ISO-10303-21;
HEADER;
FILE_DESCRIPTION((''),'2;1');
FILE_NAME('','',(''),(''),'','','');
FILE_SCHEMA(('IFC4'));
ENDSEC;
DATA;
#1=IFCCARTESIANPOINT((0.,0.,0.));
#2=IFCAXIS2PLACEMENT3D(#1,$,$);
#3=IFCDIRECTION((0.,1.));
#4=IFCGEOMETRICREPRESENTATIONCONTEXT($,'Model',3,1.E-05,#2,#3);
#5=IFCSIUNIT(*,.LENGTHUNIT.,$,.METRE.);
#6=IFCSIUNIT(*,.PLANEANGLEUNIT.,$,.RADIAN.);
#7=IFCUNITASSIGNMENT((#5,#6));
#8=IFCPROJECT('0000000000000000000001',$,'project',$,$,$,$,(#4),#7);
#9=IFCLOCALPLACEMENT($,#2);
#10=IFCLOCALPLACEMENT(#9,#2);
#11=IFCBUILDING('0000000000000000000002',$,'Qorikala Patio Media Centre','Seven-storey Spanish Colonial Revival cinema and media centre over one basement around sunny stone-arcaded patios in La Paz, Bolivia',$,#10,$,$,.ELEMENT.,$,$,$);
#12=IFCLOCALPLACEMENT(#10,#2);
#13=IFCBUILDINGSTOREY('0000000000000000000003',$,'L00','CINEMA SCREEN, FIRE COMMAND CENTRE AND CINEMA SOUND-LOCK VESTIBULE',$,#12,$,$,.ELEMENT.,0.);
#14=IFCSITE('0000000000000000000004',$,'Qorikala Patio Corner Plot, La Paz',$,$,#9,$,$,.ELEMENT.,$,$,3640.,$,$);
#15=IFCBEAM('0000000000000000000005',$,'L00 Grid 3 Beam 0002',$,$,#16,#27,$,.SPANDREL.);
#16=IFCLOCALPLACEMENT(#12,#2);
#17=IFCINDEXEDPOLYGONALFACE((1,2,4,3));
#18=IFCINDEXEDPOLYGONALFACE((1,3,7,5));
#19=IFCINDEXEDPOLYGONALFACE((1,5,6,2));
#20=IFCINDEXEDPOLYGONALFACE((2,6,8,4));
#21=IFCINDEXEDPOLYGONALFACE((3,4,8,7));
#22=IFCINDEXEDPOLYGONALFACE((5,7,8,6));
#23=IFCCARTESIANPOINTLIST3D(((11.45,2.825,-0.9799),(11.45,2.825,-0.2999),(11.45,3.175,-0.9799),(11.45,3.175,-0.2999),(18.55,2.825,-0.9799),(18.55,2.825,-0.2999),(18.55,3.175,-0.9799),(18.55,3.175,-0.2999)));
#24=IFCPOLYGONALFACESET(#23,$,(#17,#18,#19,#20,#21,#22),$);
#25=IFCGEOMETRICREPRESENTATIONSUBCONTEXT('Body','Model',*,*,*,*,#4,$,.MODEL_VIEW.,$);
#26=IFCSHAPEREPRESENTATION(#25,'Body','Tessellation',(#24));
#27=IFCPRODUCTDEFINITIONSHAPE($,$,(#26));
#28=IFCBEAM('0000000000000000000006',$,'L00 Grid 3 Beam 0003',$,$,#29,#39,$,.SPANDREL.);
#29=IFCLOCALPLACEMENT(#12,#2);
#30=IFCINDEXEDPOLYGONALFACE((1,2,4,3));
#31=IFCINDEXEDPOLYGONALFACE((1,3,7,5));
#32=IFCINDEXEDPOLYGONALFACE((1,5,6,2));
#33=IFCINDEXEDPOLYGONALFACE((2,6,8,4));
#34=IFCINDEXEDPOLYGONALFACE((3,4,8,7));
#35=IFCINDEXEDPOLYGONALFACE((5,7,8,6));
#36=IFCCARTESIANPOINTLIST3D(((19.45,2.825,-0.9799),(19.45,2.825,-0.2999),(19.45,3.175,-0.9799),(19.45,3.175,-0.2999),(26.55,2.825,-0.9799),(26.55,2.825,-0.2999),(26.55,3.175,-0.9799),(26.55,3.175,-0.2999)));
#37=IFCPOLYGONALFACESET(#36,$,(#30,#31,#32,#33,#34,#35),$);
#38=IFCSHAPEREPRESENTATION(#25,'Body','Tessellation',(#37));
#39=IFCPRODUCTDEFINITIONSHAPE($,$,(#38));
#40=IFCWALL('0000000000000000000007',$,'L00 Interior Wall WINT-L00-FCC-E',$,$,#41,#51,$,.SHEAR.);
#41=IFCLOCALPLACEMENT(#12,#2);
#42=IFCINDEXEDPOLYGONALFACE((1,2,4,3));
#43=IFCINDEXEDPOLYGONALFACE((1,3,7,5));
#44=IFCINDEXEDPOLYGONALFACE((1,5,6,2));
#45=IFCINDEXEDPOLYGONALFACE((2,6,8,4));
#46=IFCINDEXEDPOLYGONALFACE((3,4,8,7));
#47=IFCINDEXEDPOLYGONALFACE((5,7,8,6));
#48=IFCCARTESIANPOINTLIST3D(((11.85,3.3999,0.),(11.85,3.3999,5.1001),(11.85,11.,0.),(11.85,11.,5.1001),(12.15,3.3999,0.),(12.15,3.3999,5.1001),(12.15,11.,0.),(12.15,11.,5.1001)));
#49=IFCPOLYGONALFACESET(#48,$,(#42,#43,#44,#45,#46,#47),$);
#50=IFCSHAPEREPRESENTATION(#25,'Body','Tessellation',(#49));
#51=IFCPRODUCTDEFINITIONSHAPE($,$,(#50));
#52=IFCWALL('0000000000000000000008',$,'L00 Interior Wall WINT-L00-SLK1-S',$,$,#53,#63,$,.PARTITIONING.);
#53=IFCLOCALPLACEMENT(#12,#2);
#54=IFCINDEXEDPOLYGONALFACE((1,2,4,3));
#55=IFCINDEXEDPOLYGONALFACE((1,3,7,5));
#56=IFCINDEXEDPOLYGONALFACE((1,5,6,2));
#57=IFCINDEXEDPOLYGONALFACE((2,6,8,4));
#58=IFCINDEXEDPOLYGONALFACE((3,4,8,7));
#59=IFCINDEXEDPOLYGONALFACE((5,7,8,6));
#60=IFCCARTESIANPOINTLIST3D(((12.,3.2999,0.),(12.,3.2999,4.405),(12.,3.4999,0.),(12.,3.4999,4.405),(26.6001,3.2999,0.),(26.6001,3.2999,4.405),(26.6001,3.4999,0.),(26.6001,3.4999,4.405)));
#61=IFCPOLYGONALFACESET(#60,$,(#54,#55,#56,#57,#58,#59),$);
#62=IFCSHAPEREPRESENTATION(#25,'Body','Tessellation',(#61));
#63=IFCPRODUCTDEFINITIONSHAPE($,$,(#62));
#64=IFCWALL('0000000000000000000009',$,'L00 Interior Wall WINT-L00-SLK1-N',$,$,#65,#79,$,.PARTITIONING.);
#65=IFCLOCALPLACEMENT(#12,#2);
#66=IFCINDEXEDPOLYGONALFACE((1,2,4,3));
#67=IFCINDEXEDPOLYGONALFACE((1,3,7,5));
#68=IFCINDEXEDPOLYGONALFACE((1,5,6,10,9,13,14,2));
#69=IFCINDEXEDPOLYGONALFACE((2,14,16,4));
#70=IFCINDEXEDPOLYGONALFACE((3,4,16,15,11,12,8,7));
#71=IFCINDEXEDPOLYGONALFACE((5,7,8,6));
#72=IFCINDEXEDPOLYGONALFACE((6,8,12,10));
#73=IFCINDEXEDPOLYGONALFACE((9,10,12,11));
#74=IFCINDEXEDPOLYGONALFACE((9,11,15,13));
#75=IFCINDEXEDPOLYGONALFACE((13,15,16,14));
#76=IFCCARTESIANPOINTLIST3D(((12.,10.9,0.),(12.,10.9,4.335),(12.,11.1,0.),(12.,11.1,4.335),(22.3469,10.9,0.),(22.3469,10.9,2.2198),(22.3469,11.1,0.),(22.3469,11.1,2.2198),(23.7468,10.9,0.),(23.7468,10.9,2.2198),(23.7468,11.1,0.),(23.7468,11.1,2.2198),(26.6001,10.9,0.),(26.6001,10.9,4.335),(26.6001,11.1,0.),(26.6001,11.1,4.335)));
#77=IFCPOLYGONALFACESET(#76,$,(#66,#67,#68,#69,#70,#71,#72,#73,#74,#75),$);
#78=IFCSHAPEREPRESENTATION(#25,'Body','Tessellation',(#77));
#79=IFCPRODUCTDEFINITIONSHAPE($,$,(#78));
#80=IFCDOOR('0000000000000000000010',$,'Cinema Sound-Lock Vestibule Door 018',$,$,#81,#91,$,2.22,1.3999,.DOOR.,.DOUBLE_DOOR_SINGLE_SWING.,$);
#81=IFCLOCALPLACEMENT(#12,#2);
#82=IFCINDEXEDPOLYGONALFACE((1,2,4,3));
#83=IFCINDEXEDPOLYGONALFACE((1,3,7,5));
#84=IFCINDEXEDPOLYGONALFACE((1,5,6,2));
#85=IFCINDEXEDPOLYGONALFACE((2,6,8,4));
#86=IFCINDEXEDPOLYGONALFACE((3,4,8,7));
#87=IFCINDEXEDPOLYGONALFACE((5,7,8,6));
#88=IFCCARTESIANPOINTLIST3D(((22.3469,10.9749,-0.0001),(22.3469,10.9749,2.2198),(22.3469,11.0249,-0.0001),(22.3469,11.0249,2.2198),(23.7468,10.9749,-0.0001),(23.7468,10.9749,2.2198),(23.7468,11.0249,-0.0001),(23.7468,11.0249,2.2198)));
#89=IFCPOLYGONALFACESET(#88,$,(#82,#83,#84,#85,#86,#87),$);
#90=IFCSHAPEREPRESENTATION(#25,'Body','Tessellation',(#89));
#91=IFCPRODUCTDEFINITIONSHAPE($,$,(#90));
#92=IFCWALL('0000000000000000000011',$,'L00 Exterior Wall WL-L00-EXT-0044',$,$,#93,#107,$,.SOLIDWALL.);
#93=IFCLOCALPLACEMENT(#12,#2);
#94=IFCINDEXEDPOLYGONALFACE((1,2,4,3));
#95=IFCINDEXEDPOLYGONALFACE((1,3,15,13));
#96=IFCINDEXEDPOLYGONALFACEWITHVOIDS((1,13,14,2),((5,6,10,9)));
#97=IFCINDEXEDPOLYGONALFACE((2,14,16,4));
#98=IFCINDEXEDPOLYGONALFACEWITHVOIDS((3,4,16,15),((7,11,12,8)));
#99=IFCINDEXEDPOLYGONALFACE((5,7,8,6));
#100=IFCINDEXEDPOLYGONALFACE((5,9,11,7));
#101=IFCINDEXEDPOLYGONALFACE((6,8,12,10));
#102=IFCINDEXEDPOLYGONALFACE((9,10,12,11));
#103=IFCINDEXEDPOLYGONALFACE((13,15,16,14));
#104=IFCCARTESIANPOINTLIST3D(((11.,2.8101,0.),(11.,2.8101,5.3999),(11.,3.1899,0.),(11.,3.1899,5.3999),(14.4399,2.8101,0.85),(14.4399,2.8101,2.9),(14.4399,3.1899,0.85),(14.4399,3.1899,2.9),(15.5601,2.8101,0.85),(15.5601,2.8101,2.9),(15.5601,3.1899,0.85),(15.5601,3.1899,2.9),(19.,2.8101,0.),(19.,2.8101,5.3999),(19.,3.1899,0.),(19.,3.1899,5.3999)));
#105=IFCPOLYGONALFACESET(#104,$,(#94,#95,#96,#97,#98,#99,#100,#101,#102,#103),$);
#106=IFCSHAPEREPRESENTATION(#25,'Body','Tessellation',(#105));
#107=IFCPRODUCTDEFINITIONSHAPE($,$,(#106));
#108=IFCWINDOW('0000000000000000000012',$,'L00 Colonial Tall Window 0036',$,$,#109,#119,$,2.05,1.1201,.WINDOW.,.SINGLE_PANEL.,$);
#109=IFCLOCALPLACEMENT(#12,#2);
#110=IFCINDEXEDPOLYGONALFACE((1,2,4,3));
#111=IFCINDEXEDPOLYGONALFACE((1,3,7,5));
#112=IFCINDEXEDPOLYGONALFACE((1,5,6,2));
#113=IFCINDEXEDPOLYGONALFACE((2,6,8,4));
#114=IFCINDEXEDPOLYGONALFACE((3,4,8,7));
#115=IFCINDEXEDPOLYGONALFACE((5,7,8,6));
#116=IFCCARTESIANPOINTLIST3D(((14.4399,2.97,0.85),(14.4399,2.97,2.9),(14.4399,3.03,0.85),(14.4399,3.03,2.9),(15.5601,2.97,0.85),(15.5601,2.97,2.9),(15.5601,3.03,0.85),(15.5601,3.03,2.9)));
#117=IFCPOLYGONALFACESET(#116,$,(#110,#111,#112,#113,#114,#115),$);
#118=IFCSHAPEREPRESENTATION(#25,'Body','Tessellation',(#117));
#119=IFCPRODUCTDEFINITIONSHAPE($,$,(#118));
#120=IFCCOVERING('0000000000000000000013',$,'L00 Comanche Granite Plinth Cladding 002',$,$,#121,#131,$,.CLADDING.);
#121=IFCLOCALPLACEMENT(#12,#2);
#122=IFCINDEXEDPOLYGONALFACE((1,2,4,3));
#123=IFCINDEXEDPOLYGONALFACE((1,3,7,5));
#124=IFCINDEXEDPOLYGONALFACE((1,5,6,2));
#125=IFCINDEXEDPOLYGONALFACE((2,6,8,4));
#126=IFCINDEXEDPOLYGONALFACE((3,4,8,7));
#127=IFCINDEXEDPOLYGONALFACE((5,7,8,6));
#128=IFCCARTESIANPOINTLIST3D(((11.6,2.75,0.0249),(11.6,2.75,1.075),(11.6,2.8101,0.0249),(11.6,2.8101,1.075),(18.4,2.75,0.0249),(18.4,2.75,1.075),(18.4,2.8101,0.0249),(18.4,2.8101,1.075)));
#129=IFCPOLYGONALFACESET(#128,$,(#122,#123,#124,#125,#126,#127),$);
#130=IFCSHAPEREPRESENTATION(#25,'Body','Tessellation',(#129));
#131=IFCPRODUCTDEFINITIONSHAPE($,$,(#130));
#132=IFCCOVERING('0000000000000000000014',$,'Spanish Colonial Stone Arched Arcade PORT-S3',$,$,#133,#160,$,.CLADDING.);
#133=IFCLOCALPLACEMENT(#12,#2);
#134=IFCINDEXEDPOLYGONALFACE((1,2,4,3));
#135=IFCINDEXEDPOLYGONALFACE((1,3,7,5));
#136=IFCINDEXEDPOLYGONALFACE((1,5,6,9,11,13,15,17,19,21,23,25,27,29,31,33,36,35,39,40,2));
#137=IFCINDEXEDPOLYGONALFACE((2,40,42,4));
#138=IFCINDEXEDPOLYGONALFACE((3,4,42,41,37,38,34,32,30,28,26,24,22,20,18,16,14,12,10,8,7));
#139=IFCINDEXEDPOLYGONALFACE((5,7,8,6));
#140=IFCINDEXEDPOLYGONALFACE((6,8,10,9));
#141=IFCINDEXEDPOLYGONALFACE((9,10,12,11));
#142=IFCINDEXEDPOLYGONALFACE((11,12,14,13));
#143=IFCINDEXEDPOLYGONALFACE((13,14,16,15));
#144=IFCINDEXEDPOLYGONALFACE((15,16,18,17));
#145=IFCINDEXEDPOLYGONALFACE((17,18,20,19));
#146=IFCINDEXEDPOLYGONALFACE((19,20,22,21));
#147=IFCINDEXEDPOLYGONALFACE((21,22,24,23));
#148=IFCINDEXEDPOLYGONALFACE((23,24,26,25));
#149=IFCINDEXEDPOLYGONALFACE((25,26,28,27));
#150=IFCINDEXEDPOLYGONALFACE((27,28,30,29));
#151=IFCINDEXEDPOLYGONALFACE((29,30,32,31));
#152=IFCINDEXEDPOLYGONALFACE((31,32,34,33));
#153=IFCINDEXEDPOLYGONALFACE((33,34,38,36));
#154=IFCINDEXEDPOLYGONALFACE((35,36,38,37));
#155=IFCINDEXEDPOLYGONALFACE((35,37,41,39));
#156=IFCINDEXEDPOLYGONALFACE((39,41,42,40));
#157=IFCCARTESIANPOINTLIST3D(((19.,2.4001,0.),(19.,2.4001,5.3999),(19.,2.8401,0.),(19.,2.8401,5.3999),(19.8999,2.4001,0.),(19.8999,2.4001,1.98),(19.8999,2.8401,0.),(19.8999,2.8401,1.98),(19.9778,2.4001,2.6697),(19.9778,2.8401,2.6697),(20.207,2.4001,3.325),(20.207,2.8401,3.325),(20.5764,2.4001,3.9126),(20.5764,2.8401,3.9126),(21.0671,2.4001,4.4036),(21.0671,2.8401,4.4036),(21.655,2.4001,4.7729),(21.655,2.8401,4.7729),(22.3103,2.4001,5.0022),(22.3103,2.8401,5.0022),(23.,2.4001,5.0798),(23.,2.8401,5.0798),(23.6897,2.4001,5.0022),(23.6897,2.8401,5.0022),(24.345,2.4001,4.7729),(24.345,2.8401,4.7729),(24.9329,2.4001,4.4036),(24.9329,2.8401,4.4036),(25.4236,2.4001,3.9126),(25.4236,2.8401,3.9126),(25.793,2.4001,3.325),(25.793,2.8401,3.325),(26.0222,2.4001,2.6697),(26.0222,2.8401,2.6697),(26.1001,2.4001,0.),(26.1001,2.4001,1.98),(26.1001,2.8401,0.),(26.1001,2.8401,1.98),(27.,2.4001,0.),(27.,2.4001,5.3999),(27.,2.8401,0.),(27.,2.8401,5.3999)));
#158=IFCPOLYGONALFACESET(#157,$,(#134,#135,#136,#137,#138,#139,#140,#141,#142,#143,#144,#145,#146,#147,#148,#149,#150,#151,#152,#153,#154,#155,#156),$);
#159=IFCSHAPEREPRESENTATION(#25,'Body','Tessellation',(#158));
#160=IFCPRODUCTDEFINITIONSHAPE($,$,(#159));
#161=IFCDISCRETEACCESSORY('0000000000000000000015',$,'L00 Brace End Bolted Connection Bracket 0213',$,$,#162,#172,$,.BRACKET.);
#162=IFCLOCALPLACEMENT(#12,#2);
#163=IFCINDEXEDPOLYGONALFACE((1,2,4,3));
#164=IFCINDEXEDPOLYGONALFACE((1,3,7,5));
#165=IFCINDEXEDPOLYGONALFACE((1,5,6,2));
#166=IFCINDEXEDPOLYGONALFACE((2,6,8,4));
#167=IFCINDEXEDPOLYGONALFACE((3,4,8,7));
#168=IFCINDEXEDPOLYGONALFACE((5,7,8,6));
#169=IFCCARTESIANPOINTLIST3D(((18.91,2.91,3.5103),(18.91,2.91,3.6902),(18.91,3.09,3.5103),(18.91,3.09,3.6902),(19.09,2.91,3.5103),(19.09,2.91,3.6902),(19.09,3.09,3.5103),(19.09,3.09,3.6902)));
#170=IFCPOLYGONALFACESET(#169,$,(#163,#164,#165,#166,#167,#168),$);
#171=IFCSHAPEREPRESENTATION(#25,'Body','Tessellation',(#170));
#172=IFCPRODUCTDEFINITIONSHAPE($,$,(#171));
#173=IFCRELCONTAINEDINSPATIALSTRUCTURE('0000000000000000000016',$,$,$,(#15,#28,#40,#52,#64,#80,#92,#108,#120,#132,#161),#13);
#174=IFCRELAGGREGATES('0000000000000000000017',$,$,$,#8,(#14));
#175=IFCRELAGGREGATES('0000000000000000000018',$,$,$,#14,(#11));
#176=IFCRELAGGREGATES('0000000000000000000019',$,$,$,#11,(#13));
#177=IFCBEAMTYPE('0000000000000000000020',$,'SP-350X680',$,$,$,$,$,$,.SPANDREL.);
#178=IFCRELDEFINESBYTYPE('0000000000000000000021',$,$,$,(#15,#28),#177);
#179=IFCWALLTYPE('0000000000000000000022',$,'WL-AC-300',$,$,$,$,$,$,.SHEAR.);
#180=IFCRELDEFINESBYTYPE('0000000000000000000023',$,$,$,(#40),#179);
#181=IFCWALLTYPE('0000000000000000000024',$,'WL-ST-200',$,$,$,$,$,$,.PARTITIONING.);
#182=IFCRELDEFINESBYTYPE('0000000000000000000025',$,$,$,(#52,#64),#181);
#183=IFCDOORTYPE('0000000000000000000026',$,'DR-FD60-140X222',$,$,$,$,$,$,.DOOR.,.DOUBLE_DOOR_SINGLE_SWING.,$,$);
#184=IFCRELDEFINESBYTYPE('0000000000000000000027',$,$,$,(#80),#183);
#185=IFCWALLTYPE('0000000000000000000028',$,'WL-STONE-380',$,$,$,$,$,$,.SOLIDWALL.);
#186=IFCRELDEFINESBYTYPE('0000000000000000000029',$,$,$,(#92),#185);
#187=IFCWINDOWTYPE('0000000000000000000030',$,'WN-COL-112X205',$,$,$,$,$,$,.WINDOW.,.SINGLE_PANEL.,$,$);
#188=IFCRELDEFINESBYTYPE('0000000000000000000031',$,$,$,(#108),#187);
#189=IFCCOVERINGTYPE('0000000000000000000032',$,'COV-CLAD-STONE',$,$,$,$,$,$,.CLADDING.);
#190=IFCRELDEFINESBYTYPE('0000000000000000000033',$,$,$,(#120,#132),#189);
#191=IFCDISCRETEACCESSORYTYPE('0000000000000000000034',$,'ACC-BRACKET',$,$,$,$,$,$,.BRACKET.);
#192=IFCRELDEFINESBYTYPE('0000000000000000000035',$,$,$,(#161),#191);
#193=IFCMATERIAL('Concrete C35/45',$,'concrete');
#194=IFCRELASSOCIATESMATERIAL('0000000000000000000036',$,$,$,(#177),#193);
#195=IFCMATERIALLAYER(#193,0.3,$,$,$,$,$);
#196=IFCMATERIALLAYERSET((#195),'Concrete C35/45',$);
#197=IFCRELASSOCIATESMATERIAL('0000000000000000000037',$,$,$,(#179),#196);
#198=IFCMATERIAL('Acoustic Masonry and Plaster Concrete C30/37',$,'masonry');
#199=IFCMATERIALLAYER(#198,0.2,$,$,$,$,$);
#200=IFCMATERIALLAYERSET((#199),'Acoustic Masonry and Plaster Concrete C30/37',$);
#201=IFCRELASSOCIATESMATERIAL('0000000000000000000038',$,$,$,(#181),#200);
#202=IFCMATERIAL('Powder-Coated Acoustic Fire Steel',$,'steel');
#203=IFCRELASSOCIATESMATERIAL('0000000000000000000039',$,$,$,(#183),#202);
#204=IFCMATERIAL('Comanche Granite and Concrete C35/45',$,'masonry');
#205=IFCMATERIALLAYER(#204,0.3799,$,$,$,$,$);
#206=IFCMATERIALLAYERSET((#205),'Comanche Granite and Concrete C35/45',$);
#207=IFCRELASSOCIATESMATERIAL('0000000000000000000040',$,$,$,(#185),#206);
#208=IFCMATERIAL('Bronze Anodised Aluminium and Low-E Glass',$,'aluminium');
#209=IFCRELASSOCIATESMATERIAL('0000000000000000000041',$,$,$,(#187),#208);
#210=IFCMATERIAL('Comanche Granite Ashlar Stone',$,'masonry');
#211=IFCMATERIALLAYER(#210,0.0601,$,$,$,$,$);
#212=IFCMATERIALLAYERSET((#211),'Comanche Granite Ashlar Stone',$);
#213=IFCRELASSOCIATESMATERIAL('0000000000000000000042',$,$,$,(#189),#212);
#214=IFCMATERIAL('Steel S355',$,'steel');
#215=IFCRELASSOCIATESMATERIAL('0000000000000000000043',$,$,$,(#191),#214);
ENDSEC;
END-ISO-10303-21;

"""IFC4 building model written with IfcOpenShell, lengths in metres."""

from ifc_helpers import new_model, si_unit, direction, frame, frame_2d, origin, origin_2d, place, context, subcontext, project, spatial, polyline, rectangle, outline, extrude, material, layer, layer_set, material_profile, profile_set, type_object, element, fill, save


model = new_model("IFC4")

# Units and contexts
model_context = context("Model", 3, precision=1e-05, world=origin(), true_north=direction((0.0, 1.0)))
body_context = subcontext(model_context, "Body", "Model", "MODEL_VIEW")
ifc_project = project(units=[si_unit("LENGTHUNIT", "METRE"), si_unit("PLANEANGLEUNIT", "RADIAN")], contexts=[model_context])

# Site, building, storey
site_placement = place(None, origin())
site = spatial("IfcSite", under=ifc_project, at=site_placement, Name="Qorikala Patio Corner Plot, La Paz", CompositionType="ELEMENT", RefElevation=3640.0)
building_placement = place(site_placement, origin())
building = spatial("IfcBuilding", under=site, at=building_placement, Name="Qorikala Patio Media Centre", Description="Seven-storey Spanish Colonial Revival cinema and media centre over one basement around sunny stone-arcaded patios in La Paz, Bolivia", CompositionType="ELEMENT")
storey_placement = place(building_placement, origin())
storey = spatial("IfcBuildingStorey", under=building, at=storey_placement, Name="L00", Description="CINEMA SCREEN, FIRE COMMAND CENTRE AND CINEMA SOUND-LOCK VESTIBULE", CompositionType="ELEMENT", Elevation=0.0)

# Shared definitions
ifc_material_1 = material(Name="Concrete C35/45", Category="concrete")

# Shared definitions
ifc_material_2 = material(Name="Steel S355", Category="steel")

# Beams
ifc_material_profile_1 = material_profile(ifc_material_1, rectangle(XDim=0.3501, YDim=0.6799, at=origin_2d()), Name="RC 350x680")
ifc_profile_set_1 = profile_set([ifc_material_profile_1], Name="Concrete C35/45")
beam_type_1 = type_object("IfcBeamType", Name="SP-350X680", PredefinedType="SPANDREL", material=ifc_profile_set_1)
for number, where, z_axis, x_axis, name in (
    (1, (11.45, 3.0, -0.6399), (1.0, 0.0, 0.0), (0.0, 1.0, 0.0), "L00 Grid 3 Beam 0002"),
    (2, (19.45, 3.0, -0.6399), (1.0, 0.0, 0.0), (0.0, 1.0, 0.0), "L00 Grid 3 Beam 0003"),
):
    element("IfcBeam", number, at=place(storey_placement, frame(where, z_axis=z_axis, x_axis=x_axis)), inside=storey, type_object=beam_type_1, Name=name, PredefinedType="SPANDREL", context=body_context, shape_type="SweptSolid", body=[
        extrude(rectangle(XDim=0.3501, YDim=0.6799, at=origin_2d()), origin(), (0.0, 0.0, 1.0), 7.1001),
    ])

# Walls
ifc_layer_1 = layer(ifc_material_1, 0.3)
ifc_layer_set_1 = layer_set([ifc_layer_1], Name="Concrete C35/45")
wall_type_1 = type_object("IfcWallType", Name="WL-AC-300", PredefinedType="SHEAR", material=ifc_layer_set_1)
wall_1_placement = place(storey_placement, frame((12.0, 3.3999, 0.0), z_axis=(0.0, 0.0, 1.0), x_axis=(0.0, 1.0, 0.0)))
element("IfcWall", 3, at=wall_1_placement, inside=storey, type_object=wall_type_1, Name="L00 Interior Wall WINT-L00-FCC-E", PredefinedType="SHEAR", context=body_context, shape_type="SweptSolid", body=[
    extrude(rectangle(XDim=7.6001, YDim=0.3, at=frame_2d((3.8, 0.0))), origin(), (0.0, 0.0, 1.0), 5.1001),
])
ifc_material_3 = material(Name="Acoustic Masonry and Plaster Concrete C30/37", Category="masonry")
ifc_layer_2 = layer(ifc_material_3, 0.2)
ifc_layer_set_2 = layer_set([ifc_layer_2], Name="Acoustic Masonry and Plaster Concrete C30/37")
wall_type_2 = type_object("IfcWallType", Name="WL-ST-200", PredefinedType="PARTITIONING", material=ifc_layer_set_2)
wall_2_placement = place(storey_placement, frame((12.0, 3.3999, 0.0), z_axis=(0.0, 0.0, 1.0), x_axis=(1.0, 0.0, 0.0)))
element("IfcWall", 4, at=wall_2_placement, inside=storey, type_object=wall_type_2, Name="L00 Interior Wall WINT-L00-SLK1-S", PredefinedType="PARTITIONING", context=body_context, shape_type="SweptSolid", body=[
    extrude(rectangle(XDim=14.6001, YDim=0.2, at=frame_2d((7.3, 0.0))), origin(), (0.0, 0.0, 1.0), 4.405),
])

# Wall, opening, door
wall_3_placement = place(storey_placement, frame((12.0, 11.0, 0.0), z_axis=(0.0, 0.0, 1.0), x_axis=(1.0, 0.0, 0.0)))
wall_3 = element("IfcWall", 5, at=wall_3_placement, inside=storey, type_object=wall_type_2, Name="L00 Interior Wall WINT-L00-SLK1-N", PredefinedType="PARTITIONING", context=body_context, shape_type="SweptSolid", body=[
    extrude(rectangle(XDim=14.6001, YDim=0.2, at=frame_2d((7.3, 0.0))), origin(), (0.0, 0.0, 1.0), 4.335),
])
opening_1_placement = place(wall_3_placement, frame((10.3469, 0.0, 0.0)))
opening_1 = element("IfcOpeningElement", 6, at=opening_1_placement, cuts=wall_3, PredefinedType="OPENING", context=body_context, shape_type="SweptSolid", body=[
    extrude(rectangle(XDim=1.3999, YDim=2.22, at=frame_2d((0.7, 1.1099))), frame((0.0, 0.1099, 0.0), z_axis=(0.0, -1.0, 0.0), x_axis=(1.0, 0.0, 0.0)), (0.0, 0.0, 1.0), 0.22),
])
ifc_material_4 = material(Name="Powder-Coated Acoustic Fire Steel", Category="steel")
door_type = type_object("IfcDoorType", Name="DR-FD60-140X222", OperationType="DOUBLE_DOOR_SINGLE_SWING", PredefinedType="DOOR", material=ifc_material_4)
door_placement = place(opening_1_placement, origin())
door = element("IfcDoor", 7, at=door_placement, inside=storey, type_object=door_type, Name="Cinema Sound-Lock Vestibule Door 018", OperationType="DOUBLE_DOOR_SINGLE_SWING", OverallHeight=2.22, OverallWidth=1.3999, PredefinedType="DOOR", context=body_context, shape_type="SweptSolid", body=[
    extrude(rectangle(XDim=1.3999, YDim=2.22, at=frame_2d((0.7, 1.1099))), frame((0.0, 0.0249, 0.0), z_axis=(0.0, -1.0, 0.0), x_axis=(1.0, 0.0, 0.0)), (0.0, 0.0, 1.0), 0.05),
])
fill(opening_1, door)

# Wall, opening, window
ifc_material_5 = material(Name="Comanche Granite and Concrete C35/45", Category="masonry")
ifc_layer_3 = layer(ifc_material_5, 0.3799)
ifc_layer_set_3 = layer_set([ifc_layer_3], Name="Comanche Granite and Concrete C35/45")
wall_type_3 = type_object("IfcWallType", Name="WL-STONE-380", PredefinedType="SOLIDWALL", material=ifc_layer_set_3)
wall_4_placement = place(storey_placement, frame((19.0, 3.0, 0.0), z_axis=(0.0, 0.0, 1.0), x_axis=(-1.0, 0.0, 0.0)))
wall_4 = element("IfcWall", 8, at=wall_4_placement, inside=storey, type_object=wall_type_3, Name="L00 Exterior Wall WL-L00-EXT-0044", PredefinedType="SOLIDWALL", context=body_context, shape_type="SweptSolid", body=[
    extrude(rectangle(XDim=8.0, YDim=0.3799, at=frame_2d((4.0, 0.0))), origin(), (0.0, 0.0, 1.0), 5.3999),
])
opening_2_placement = place(wall_4_placement, frame((3.4399, 0.0, 0.8501)))
opening_2 = element("IfcOpeningElement", 9, at=opening_2_placement, cuts=wall_4, PredefinedType="OPENING", context=body_context, shape_type="SweptSolid", body=[
    extrude(rectangle(XDim=1.1201, YDim=2.05, at=frame_2d((0.5601, 1.0249))), frame((0.0, 0.2, 0.0), z_axis=(0.0, -1.0, 0.0), x_axis=(1.0, 0.0, 0.0)), (0.0, 0.0, 1.0), 0.3999),
])
ifc_material_6 = material(Name="Bronze Anodised Aluminium and Low-E Glass", Category="aluminium")
window_type = type_object("IfcWindowType", Name="WN-COL-112X205", PartitioningType="SINGLE_PANEL", PredefinedType="WINDOW", material=ifc_material_6)
window_placement = place(opening_2_placement, origin())
window = element("IfcWindow", 10, at=window_placement, inside=storey, type_object=window_type, Name="L00 Colonial Tall Window 0036", OverallHeight=2.05, OverallWidth=1.1201, PartitioningType="SINGLE_PANEL", PredefinedType="WINDOW", context=body_context, shape_type="SweptSolid", body=[
    extrude(rectangle(XDim=1.1201, YDim=2.05, at=frame_2d((0.5601, 1.0249))), frame((0.0, 0.03, 0.0), z_axis=(0.0, -1.0, 0.0), x_axis=(1.0, 0.0, 0.0)), (0.0, 0.0, 1.0), 0.0601),
])
fill(opening_2, window)

# Coverings
ifc_material_7 = material(Name="Comanche Granite Ashlar Stone", Category="masonry")
ifc_layer_4 = layer(ifc_material_7, 0.0601)
ifc_layer_set_4 = layer_set([ifc_layer_4], Name="Comanche Granite Ashlar Stone")
covering_type = type_object("IfcCoveringType", Name="COV-CLAD-STONE", PredefinedType="CLADDING", material=ifc_layer_set_4)
covering_1_placement = place(storey_placement, frame((15.0, 2.78, 0.0249), z_axis=(0.0, 0.0, 1.0), x_axis=(-1.0, 0.0, 0.0)))
element("IfcCovering", 11, at=covering_1_placement, inside=storey, type_object=covering_type, Name="L00 Comanche Granite Plinth Cladding 002", PredefinedType="CLADDING", context=body_context, shape_type="SweptSolid", body=[
    extrude(rectangle(XDim=6.8, YDim=0.0601, at=origin_2d()), origin(), (0.0, 0.0, 1.0), 1.05),
])
covering_2_placement = place(storey_placement, frame((19.0, 2.6201, 0.0), z_axis=(0.0, 0.0, 1.0), x_axis=(1.0, 0.0, 0.0)))
element("IfcCovering", 12, at=covering_2_placement, inside=storey, type_object=covering_type, Name="Spanish Colonial Stone Arched Arcade PORT-S3", PredefinedType="CLADDING", context=body_context, shape_type="SweptSolid", body=[
    extrude(outline(polyline([(0.0, 0.0), (0.8999, 0.0), (0.8999, 1.98), (0.9778, 2.6697), (1.207, 3.325), (1.5764, 3.9126), (2.0671, 4.4036), (2.655, 4.7729), (3.3103, 5.0022), (4.0, 5.0798), (4.6897, 5.0022), (5.345, 4.7729), (5.9329, 4.4036), (6.4236, 3.9126), (6.793, 3.325), (7.0222, 2.6697), (7.1001, 1.98), (7.1001, 0.0), (8.0, 0.0), (8.0, 5.3999), (0.0, 5.3999), (0.0, 0.0)])), frame((0.0, 0.22, 0.0), z_axis=(0.0, -1.0, 0.0), x_axis=(1.0, 0.0, 0.0)), (0.0, 0.0, 1.0), 0.4399),
])

# Discrete accessory
discrete_accessory_type = type_object("IfcDiscreteAccessoryType", Name="ACC-BRACKET", PredefinedType="BRACKET", material=ifc_material_2)
for number, where, z_axis, x_axis, name in (
    (13, (19.0, 3.0, 3.5103), (0.0, 0.0, 1.0), (1.0, 0.0, 0.0), "L00 Brace End Bolted Connection Bracket 0213"),
):
    element("IfcDiscreteAccessory", number, at=place(storey_placement, frame(where, z_axis=z_axis, x_axis=x_axis)), inside=storey, type_object=discrete_accessory_type, Name=name, PredefinedType="BRACKET", context=body_context, shape_type="SweptSolid", body=[
        extrude(rectangle(XDim=0.1799, YDim=0.1799, at=origin_2d()), origin(), (0.0, 0.0, 1.0), 0.1799),
    ])

save(model, "model.ifc")
